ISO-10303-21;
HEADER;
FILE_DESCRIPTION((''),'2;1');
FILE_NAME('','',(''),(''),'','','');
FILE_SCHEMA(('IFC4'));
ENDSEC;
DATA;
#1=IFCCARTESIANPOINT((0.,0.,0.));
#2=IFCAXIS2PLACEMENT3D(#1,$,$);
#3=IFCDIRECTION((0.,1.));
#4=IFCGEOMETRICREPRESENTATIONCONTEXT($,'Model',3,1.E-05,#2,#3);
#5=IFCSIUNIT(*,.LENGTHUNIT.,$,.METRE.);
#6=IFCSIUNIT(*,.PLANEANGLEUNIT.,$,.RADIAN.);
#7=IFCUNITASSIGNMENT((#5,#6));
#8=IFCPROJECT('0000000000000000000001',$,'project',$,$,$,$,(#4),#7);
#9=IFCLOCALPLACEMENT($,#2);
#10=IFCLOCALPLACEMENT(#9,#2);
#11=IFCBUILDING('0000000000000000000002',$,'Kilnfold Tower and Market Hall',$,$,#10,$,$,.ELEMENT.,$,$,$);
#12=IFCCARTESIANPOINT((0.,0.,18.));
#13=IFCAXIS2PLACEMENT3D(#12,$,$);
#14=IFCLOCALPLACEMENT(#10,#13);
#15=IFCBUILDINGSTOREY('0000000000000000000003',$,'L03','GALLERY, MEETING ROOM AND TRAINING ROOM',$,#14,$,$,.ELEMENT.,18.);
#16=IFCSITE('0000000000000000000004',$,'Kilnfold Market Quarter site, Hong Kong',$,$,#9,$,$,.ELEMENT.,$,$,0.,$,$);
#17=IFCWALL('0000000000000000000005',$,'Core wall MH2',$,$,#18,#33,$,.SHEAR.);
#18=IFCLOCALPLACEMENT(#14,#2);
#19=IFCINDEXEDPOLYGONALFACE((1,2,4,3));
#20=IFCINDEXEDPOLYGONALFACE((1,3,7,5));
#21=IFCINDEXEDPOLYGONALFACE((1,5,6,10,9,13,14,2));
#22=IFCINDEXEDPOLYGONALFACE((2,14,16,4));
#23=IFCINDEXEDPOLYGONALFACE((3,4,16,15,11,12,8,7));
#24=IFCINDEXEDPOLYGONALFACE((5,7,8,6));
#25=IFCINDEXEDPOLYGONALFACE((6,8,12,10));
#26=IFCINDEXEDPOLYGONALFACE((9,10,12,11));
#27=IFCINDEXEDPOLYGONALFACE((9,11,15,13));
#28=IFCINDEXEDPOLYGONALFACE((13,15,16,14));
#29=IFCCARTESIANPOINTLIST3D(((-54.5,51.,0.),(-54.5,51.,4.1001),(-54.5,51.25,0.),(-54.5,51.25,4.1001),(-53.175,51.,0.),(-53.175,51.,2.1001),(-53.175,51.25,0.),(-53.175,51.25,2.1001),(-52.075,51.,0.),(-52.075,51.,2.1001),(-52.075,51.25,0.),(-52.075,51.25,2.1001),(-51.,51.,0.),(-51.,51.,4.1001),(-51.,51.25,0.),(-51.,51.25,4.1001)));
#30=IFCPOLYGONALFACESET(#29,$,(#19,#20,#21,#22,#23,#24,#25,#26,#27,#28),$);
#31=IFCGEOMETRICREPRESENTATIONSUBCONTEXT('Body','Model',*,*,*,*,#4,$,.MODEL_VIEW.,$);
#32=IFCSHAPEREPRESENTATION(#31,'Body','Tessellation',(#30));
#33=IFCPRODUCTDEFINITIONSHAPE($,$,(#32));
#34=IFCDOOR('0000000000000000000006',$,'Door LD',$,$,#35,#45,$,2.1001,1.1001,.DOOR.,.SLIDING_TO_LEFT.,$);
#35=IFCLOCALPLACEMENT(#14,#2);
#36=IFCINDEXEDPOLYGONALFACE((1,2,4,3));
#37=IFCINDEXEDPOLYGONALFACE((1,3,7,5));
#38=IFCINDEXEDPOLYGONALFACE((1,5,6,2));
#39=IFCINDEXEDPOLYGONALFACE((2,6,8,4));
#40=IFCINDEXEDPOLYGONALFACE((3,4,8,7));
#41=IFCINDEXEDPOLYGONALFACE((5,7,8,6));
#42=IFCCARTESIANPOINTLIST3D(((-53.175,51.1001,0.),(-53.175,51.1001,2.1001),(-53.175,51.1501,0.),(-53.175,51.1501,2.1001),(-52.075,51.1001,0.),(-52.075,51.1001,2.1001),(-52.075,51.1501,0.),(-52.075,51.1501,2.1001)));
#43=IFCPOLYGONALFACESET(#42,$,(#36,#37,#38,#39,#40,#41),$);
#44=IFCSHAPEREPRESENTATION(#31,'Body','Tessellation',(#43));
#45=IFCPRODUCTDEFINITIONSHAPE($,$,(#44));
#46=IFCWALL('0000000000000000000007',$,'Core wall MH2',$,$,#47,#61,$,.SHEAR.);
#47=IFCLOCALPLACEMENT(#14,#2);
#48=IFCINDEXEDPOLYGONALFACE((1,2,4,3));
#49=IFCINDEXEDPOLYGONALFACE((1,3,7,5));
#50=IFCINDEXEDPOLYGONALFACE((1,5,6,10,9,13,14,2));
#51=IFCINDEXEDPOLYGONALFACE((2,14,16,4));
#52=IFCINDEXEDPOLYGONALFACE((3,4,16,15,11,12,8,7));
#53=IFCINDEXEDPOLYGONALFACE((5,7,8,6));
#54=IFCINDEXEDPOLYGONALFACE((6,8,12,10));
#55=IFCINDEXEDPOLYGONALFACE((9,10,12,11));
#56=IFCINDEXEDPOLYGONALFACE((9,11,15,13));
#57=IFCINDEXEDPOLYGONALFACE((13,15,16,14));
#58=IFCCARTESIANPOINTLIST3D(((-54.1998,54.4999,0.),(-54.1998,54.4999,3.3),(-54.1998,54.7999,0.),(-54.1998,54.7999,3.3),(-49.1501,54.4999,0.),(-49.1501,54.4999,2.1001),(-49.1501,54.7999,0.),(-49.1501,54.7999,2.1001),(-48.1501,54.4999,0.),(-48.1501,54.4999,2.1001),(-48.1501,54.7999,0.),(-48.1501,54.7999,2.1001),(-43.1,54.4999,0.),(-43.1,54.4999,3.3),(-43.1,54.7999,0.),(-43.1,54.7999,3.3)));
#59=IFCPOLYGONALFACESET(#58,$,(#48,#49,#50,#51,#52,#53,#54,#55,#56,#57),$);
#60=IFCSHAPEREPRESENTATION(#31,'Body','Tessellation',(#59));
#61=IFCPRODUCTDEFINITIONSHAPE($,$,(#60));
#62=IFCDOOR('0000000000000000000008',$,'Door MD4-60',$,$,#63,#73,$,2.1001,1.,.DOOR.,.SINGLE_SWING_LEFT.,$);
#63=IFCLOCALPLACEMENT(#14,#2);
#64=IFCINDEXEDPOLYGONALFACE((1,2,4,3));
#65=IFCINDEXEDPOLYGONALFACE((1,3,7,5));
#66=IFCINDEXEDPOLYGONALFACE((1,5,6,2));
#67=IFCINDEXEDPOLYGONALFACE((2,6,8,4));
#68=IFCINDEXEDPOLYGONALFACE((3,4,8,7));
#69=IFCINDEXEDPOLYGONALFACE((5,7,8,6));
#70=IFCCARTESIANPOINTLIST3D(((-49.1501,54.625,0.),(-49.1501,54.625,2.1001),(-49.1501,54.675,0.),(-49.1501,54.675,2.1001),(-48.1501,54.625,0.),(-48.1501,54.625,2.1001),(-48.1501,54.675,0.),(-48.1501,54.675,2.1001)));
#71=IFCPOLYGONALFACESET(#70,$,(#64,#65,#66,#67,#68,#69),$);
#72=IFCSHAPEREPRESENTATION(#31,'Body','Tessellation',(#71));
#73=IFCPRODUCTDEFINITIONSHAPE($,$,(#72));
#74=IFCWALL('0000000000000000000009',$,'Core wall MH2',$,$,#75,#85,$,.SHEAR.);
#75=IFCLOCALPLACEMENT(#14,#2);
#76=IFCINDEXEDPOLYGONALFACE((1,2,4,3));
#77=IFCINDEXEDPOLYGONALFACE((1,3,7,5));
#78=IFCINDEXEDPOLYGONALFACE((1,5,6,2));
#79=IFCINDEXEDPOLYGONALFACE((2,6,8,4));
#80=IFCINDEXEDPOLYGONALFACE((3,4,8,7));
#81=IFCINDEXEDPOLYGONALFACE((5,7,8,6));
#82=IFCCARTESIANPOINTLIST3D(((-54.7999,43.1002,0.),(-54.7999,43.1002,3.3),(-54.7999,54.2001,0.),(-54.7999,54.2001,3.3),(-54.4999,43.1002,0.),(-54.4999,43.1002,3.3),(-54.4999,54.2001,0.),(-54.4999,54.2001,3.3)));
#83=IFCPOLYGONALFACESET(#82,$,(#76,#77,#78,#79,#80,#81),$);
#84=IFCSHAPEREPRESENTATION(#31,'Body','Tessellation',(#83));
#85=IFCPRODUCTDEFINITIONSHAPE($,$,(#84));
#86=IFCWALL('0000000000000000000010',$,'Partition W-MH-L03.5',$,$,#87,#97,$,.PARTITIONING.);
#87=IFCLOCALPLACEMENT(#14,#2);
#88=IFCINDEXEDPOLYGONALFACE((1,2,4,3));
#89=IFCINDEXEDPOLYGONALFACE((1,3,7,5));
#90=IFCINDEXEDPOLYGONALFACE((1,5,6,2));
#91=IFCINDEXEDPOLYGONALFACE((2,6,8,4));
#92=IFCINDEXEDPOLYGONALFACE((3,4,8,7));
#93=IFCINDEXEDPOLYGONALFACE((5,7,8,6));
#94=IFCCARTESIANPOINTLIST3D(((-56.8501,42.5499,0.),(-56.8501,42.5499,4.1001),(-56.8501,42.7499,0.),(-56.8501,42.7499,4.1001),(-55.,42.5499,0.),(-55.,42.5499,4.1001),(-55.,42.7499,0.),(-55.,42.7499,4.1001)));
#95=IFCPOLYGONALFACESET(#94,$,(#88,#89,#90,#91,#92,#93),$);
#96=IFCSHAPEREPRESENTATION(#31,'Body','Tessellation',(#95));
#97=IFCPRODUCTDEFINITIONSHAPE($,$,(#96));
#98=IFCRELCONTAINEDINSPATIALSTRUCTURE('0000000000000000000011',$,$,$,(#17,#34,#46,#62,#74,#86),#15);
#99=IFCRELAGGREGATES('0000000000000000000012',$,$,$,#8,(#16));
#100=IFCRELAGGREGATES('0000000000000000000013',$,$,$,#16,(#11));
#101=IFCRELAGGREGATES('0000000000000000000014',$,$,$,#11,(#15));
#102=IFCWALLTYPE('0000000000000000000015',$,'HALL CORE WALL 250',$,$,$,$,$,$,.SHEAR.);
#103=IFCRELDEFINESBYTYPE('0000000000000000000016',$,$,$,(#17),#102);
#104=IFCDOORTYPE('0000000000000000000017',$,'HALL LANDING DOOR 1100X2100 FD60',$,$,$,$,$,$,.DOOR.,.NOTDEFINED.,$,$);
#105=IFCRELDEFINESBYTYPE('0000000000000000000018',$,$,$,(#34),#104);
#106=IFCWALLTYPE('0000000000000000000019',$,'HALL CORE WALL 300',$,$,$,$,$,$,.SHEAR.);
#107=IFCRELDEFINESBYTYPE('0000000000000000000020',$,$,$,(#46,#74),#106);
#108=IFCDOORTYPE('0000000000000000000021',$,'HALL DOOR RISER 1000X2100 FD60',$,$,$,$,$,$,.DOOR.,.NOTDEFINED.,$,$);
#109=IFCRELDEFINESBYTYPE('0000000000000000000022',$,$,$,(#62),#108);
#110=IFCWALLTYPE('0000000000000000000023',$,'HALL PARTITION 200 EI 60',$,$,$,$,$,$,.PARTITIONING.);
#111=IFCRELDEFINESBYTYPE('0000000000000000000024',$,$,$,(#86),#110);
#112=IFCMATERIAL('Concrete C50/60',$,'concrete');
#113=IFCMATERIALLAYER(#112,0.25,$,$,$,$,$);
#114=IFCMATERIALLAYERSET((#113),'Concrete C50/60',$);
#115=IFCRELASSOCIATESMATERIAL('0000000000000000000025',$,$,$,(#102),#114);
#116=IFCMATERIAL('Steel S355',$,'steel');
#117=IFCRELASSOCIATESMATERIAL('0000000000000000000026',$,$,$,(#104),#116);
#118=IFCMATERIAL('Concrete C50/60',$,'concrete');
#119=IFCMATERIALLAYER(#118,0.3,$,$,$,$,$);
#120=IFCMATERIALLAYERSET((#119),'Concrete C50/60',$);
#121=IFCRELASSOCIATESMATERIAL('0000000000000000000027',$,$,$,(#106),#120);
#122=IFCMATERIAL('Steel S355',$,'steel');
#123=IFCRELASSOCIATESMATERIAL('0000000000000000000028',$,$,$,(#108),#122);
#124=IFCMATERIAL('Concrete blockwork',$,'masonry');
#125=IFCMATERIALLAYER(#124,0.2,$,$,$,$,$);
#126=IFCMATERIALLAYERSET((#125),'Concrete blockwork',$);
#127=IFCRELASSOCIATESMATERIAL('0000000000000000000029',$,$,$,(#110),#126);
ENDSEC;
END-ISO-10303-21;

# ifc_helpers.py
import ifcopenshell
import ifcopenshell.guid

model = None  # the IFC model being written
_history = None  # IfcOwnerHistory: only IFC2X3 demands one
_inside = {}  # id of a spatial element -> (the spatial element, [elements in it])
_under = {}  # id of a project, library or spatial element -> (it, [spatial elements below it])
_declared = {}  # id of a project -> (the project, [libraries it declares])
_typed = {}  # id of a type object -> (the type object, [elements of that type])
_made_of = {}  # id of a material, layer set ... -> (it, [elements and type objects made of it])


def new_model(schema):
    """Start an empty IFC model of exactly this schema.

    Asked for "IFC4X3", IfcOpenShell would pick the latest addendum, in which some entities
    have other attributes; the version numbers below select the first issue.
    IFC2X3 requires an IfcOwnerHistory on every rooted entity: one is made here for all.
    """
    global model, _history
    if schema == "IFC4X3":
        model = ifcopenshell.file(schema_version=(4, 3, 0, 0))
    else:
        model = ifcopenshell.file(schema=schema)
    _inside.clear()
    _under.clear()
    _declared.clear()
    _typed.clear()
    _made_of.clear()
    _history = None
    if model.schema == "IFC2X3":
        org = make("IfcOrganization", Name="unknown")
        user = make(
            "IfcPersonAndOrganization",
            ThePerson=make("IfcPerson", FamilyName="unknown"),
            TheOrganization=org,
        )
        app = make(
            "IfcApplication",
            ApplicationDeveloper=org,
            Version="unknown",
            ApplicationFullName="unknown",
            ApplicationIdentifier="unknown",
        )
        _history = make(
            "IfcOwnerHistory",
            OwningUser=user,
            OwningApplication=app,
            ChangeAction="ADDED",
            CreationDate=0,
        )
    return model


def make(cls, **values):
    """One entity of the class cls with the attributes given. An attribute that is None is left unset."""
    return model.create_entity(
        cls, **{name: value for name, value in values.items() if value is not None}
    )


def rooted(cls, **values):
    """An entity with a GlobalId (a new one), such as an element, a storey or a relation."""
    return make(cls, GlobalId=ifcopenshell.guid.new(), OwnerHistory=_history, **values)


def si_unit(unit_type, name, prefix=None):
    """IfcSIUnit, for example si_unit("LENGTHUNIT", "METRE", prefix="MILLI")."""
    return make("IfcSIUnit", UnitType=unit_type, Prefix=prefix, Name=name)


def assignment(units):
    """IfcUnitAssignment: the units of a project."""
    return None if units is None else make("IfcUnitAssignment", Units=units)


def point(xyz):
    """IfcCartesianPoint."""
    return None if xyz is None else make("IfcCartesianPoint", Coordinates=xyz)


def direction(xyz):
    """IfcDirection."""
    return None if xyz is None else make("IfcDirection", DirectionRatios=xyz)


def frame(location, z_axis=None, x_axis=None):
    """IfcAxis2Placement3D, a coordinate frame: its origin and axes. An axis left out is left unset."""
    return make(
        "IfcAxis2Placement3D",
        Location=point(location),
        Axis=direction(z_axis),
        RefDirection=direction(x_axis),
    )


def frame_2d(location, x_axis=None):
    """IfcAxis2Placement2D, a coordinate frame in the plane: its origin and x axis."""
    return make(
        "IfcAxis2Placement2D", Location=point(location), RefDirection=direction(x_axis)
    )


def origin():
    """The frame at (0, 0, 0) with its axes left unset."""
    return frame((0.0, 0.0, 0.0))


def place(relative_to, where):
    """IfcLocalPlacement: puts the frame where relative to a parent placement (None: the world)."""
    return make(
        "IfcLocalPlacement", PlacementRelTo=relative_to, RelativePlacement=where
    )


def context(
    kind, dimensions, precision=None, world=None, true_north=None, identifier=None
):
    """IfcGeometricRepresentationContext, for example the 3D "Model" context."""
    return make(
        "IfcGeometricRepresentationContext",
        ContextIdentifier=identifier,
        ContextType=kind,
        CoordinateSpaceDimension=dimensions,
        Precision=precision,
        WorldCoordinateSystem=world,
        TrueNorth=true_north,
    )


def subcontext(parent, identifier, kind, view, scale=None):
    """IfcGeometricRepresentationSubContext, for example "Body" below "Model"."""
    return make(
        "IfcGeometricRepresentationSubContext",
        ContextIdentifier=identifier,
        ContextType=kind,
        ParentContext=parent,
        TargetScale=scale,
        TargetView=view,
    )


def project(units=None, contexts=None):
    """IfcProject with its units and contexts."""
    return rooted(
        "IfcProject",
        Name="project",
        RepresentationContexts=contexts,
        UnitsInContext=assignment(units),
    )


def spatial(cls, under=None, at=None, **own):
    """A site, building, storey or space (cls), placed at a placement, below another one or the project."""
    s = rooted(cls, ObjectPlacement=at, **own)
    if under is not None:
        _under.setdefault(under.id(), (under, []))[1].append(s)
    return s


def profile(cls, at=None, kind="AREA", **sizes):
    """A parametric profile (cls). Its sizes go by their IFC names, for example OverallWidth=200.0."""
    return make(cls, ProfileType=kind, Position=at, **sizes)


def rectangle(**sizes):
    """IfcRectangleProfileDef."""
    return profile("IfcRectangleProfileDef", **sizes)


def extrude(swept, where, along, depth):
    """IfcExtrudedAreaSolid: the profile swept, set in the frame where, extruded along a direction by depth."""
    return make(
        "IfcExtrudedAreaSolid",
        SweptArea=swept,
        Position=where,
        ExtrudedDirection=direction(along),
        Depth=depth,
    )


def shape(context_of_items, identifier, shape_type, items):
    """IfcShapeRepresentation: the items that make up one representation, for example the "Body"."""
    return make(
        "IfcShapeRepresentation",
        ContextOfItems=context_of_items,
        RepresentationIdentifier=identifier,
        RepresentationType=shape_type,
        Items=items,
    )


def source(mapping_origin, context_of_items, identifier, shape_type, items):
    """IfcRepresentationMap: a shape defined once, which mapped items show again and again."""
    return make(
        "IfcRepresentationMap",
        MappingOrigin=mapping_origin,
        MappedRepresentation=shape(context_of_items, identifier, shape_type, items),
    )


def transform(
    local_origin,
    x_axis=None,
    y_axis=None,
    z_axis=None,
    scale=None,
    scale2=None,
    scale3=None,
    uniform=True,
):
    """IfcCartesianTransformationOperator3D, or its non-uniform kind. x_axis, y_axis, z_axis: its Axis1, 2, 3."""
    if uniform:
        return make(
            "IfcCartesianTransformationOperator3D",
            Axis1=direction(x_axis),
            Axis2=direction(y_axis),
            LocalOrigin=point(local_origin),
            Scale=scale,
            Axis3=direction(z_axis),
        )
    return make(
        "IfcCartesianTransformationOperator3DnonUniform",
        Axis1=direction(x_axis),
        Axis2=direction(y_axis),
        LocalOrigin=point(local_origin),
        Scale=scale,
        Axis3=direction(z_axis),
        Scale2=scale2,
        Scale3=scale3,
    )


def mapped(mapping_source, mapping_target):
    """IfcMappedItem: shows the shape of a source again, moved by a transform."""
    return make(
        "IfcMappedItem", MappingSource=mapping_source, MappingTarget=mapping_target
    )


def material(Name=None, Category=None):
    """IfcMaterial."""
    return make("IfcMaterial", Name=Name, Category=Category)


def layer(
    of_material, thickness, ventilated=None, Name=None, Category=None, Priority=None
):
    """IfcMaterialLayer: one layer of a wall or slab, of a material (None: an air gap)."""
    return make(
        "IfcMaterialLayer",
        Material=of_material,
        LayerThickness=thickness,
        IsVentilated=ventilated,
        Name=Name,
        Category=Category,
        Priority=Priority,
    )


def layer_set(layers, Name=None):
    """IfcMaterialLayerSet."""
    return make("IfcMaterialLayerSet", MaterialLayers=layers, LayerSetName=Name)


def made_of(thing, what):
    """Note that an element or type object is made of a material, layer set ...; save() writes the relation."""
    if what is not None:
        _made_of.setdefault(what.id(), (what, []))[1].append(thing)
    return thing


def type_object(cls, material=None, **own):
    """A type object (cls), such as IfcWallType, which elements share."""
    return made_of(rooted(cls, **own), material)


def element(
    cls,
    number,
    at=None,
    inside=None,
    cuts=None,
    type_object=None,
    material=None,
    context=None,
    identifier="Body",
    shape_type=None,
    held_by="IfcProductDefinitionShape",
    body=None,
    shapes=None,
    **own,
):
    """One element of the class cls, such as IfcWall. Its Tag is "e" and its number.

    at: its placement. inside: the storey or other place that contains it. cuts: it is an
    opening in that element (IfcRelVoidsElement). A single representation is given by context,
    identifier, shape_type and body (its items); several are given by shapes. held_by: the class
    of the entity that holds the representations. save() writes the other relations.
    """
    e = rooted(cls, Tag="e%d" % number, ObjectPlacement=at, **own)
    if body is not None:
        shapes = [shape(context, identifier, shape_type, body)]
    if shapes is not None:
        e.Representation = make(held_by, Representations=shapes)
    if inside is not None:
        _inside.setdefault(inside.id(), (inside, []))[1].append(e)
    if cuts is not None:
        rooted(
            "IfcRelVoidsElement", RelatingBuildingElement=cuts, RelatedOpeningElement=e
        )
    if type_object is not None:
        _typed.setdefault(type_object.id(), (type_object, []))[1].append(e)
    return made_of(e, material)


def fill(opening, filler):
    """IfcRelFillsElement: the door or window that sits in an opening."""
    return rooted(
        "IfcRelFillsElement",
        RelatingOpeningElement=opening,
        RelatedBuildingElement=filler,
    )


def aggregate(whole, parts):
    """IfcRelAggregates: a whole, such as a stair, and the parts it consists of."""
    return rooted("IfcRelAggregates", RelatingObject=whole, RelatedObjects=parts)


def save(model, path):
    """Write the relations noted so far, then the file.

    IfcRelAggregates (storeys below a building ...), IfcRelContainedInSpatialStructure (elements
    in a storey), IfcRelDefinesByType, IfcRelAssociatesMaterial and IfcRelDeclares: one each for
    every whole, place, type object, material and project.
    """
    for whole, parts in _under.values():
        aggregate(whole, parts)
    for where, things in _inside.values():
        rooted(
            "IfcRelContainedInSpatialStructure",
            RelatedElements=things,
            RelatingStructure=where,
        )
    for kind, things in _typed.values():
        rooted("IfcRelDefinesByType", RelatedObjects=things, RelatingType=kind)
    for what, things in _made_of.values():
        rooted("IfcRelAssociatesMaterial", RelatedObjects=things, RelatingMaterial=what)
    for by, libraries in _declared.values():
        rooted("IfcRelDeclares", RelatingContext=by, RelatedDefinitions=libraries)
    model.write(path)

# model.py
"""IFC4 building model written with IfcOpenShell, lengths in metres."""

from ifc_helpers import new_model, si_unit, direction, frame, frame_2d, origin, place, context, subcontext, project, spatial, rectangle, extrude, source, transform, mapped, material, layer, layer_set, type_object, element, fill, save


model = new_model("IFC4")

# Units and contexts
model_context = context("Model", 3, precision=1e-05, world=origin(), true_north=direction((0.0, 1.0)))
body_context = subcontext(model_context, "Body", "Model", "MODEL_VIEW")
ifc_project = project(units=[si_unit("LENGTHUNIT", "METRE"), si_unit("PLANEANGLEUNIT", "RADIAN")], contexts=[model_context])

# Site, building, storey
site_placement = place(None, origin())
site = spatial("IfcSite", under=ifc_project, at=site_placement, Name="Kilnfold Market Quarter site, Hong Kong", CompositionType="ELEMENT", RefElevation=0.0)
building_placement = place(site_placement, origin())
building = spatial("IfcBuilding", under=site, at=building_placement, Name="Kilnfold Tower and Market Hall", CompositionType="ELEMENT")
storey_placement = place(building_placement, frame((0.0, 0.0, 18.0)))
storey = spatial("IfcBuildingStorey", under=building, at=storey_placement, Name="L03", Description="GALLERY, MEETING ROOM AND TRAINING ROOM", CompositionType="ELEMENT", Elevation=18.0)

# Shared definitions
ifc_material_1 = material(Name="Concrete C50/60", Category="concrete")
ifc_layer_1 = layer(ifc_material_1, 0.25)
ifc_layer_set_1 = layer_set([ifc_layer_1], Name="Concrete C50/60")
wall_type_1 = type_object("IfcWallType", Name="HALL CORE WALL 250", PredefinedType="SHEAR", material=ifc_layer_set_1)

# Walls, openings, doors
ifc_material_2 = material(Name="Steel S355", Category="steel")
door_type_1 = type_object("IfcDoorType", Name="HALL LANDING DOOR 1100X2100 FD60", OperationType="NOTDEFINED", PredefinedType="DOOR", material=ifc_material_2)
shared_shape_1 = source(origin(), body_context, "Body", "SweptSolid", [
    extrude(rectangle(XDim=3.5, YDim=0.25, at=frame_2d((1.75, 0.0))), origin(), (0.0, 0.0, 1.0), 4.1001),
])
wall_1_placement = place(storey_placement, frame((-51.0, 51.125, 0.0), z_axis=(0.0, 0.0, 1.0), x_axis=(-1.0, 0.0, 0.0)))
wall_1 = element("IfcWall", 1, at=wall_1_placement, inside=storey, type_object=wall_type_1, Name="Core wall MH2", PredefinedType="SHEAR", context=body_context, shape_type="MappedRepresentation", body=[
    mapped(shared_shape_1, transform((0.0, 0.0, 0.0))),
])
opening_1_placement = place(wall_1_placement, frame((1.075, 0.0, 0.0)))
opening_1 = element("IfcOpeningElement", 2, at=opening_1_placement, cuts=wall_1, PredefinedType="OPENING", context=body_context, shape_type="SweptSolid", body=[
    extrude(rectangle(XDim=1.1001, YDim=2.1001, at=frame_2d((0.55, 1.05))), frame((0.0, 0.135, 0.0), z_axis=(0.0, -1.0, 0.0), x_axis=(1.0, 0.0, 0.0)), (0.0, 0.0, 1.0), 0.27),
])
door_1_placement = place(opening_1_placement, origin())
door_1 = element("IfcDoor", 3, at=door_1_placement, inside=storey, type_object=door_type_1, Name="Door LD", OperationType="SLIDING_TO_LEFT", OverallHeight=2.1001, OverallWidth=1.1001, PredefinedType="DOOR", context=body_context, shape_type="SweptSolid", body=[
    extrude(rectangle(XDim=1.1001, YDim=2.1001, at=frame_2d((0.55, 1.05))), frame((0.0, 0.0249, 0.0), z_axis=(0.0, -1.0, 0.0), x_axis=(1.0, 0.0, 0.0)), (0.0, 0.0, 1.0), 0.05),
])
fill(opening_1, door_1)
ifc_material_3 = material(Name="Concrete C50/60", Category="concrete")
ifc_layer_2 = layer(ifc_material_3, 0.3)
ifc_layer_set_2 = layer_set([ifc_layer_2], Name="Concrete C50/60")
wall_type_2 = type_object("IfcWallType", Name="HALL CORE WALL 300", PredefinedType="SHEAR", material=ifc_layer_set_2)
shared_shape_2 = source(origin(), body_context, "Body", "SweptSolid", [
    extrude(rectangle(XDim=11.0999, YDim=0.3, at=frame_2d((5.5498, 0.0))), origin(), (0.0, 0.0, 1.0), 3.3),
])
wall_2_placement = place(storey_placement, frame((-43.1001, 54.6499, 0.0), z_axis=(0.0, 0.0, 1.0), x_axis=(-1.0, 0.0, 0.0)))
wall_2 = element("IfcWall", 4, at=wall_2_placement, inside=storey, type_object=wall_type_2, Name="Core wall MH2", PredefinedType="SHEAR", context=body_context, shape_type="MappedRepresentation", body=[
    mapped(shared_shape_2, transform((0.0, 0.0, 0.0))),
])
opening_2_placement = place(wall_2_placement, frame((5.05, 0.0, 0.0)))
opening_2 = element("IfcOpeningElement", 5, at=opening_2_placement, cuts=wall_2, PredefinedType="OPENING", context=body_context, shape_type="SweptSolid", body=[
    extrude(rectangle(XDim=1.0, YDim=2.1001, at=frame_2d((0.5, 1.05))), frame((0.0, 0.1602, 0.0), z_axis=(0.0, -1.0, 0.0), x_axis=(1.0, 0.0, 0.0)), (0.0, 0.0, 1.0), 0.3201),
])
ifc_material_4 = material(Name="Steel S355", Category="steel")
door_type_2 = type_object("IfcDoorType", Name="HALL DOOR RISER 1000X2100 FD60", OperationType="NOTDEFINED", PredefinedType="DOOR", material=ifc_material_4)
door_2_placement = place(opening_2_placement, origin())
door_2 = element("IfcDoor", 6, at=door_2_placement, inside=storey, type_object=door_type_2, Name="Door MD4-60", OperationType="SINGLE_SWING_LEFT", OverallHeight=2.1001, OverallWidth=1.0, PredefinedType="DOOR", context=body_context, shape_type="SweptSolid", body=[
    extrude(rectangle(XDim=1.0, YDim=2.1001, at=frame_2d((0.5, 1.05))), frame((0.0, 0.0249, 0.0), z_axis=(0.0, -1.0, 0.0), x_axis=(1.0, 0.0, 0.0)), (0.0, 0.0, 1.0), 0.05),
])
fill(opening_2, door_2)

# Walls
wall_3_placement = place(storey_placement, frame((-54.6499, 54.2, 0.0), z_axis=(0.0, 0.0, 1.0), x_axis=(0.0, -1.0, 0.0)))
element("IfcWall", 7, at=wall_3_placement, inside=storey, type_object=wall_type_2, Name="Core wall MH2", PredefinedType="SHEAR", context=body_context, shape_type="MappedRepresentation", body=[
    mapped(shared_shape_2, transform((0.0, 0.0, 0.0))),
])
ifc_material_5 = material(Name="Concrete blockwork", Category="masonry")
ifc_layer_3 = layer(ifc_material_5, 0.2)
ifc_layer_set_3 = layer_set([ifc_layer_3], Name="Concrete blockwork")
wall_type_3 = type_object("IfcWallType", Name="HALL PARTITION 200 EI 60", PredefinedType="PARTITIONING", material=ifc_layer_set_3)
shared_shape_3 = source(origin(), body_context, "Body", "SweptSolid", [
    extrude(rectangle(XDim=1.8501, YDim=0.2, at=frame_2d((0.925, 0.0))), origin(), (0.0, 0.0, 1.0), 4.1001),
])
wall_4_placement = place(storey_placement, frame((-56.8501, 42.6499, 0.0), z_axis=(0.0, 0.0, 1.0), x_axis=(1.0, 0.0, 0.0)))
element("IfcWall", 8, at=wall_4_placement, inside=storey, type_object=wall_type_3, Name="Partition W-MH-L03.5", PredefinedType="PARTITIONING", context=body_context, shape_type="MappedRepresentation", body=[
    mapped(shared_shape_3, transform((0.0, 0.0, 0.0))),
])

save(model, "model.ifc")
